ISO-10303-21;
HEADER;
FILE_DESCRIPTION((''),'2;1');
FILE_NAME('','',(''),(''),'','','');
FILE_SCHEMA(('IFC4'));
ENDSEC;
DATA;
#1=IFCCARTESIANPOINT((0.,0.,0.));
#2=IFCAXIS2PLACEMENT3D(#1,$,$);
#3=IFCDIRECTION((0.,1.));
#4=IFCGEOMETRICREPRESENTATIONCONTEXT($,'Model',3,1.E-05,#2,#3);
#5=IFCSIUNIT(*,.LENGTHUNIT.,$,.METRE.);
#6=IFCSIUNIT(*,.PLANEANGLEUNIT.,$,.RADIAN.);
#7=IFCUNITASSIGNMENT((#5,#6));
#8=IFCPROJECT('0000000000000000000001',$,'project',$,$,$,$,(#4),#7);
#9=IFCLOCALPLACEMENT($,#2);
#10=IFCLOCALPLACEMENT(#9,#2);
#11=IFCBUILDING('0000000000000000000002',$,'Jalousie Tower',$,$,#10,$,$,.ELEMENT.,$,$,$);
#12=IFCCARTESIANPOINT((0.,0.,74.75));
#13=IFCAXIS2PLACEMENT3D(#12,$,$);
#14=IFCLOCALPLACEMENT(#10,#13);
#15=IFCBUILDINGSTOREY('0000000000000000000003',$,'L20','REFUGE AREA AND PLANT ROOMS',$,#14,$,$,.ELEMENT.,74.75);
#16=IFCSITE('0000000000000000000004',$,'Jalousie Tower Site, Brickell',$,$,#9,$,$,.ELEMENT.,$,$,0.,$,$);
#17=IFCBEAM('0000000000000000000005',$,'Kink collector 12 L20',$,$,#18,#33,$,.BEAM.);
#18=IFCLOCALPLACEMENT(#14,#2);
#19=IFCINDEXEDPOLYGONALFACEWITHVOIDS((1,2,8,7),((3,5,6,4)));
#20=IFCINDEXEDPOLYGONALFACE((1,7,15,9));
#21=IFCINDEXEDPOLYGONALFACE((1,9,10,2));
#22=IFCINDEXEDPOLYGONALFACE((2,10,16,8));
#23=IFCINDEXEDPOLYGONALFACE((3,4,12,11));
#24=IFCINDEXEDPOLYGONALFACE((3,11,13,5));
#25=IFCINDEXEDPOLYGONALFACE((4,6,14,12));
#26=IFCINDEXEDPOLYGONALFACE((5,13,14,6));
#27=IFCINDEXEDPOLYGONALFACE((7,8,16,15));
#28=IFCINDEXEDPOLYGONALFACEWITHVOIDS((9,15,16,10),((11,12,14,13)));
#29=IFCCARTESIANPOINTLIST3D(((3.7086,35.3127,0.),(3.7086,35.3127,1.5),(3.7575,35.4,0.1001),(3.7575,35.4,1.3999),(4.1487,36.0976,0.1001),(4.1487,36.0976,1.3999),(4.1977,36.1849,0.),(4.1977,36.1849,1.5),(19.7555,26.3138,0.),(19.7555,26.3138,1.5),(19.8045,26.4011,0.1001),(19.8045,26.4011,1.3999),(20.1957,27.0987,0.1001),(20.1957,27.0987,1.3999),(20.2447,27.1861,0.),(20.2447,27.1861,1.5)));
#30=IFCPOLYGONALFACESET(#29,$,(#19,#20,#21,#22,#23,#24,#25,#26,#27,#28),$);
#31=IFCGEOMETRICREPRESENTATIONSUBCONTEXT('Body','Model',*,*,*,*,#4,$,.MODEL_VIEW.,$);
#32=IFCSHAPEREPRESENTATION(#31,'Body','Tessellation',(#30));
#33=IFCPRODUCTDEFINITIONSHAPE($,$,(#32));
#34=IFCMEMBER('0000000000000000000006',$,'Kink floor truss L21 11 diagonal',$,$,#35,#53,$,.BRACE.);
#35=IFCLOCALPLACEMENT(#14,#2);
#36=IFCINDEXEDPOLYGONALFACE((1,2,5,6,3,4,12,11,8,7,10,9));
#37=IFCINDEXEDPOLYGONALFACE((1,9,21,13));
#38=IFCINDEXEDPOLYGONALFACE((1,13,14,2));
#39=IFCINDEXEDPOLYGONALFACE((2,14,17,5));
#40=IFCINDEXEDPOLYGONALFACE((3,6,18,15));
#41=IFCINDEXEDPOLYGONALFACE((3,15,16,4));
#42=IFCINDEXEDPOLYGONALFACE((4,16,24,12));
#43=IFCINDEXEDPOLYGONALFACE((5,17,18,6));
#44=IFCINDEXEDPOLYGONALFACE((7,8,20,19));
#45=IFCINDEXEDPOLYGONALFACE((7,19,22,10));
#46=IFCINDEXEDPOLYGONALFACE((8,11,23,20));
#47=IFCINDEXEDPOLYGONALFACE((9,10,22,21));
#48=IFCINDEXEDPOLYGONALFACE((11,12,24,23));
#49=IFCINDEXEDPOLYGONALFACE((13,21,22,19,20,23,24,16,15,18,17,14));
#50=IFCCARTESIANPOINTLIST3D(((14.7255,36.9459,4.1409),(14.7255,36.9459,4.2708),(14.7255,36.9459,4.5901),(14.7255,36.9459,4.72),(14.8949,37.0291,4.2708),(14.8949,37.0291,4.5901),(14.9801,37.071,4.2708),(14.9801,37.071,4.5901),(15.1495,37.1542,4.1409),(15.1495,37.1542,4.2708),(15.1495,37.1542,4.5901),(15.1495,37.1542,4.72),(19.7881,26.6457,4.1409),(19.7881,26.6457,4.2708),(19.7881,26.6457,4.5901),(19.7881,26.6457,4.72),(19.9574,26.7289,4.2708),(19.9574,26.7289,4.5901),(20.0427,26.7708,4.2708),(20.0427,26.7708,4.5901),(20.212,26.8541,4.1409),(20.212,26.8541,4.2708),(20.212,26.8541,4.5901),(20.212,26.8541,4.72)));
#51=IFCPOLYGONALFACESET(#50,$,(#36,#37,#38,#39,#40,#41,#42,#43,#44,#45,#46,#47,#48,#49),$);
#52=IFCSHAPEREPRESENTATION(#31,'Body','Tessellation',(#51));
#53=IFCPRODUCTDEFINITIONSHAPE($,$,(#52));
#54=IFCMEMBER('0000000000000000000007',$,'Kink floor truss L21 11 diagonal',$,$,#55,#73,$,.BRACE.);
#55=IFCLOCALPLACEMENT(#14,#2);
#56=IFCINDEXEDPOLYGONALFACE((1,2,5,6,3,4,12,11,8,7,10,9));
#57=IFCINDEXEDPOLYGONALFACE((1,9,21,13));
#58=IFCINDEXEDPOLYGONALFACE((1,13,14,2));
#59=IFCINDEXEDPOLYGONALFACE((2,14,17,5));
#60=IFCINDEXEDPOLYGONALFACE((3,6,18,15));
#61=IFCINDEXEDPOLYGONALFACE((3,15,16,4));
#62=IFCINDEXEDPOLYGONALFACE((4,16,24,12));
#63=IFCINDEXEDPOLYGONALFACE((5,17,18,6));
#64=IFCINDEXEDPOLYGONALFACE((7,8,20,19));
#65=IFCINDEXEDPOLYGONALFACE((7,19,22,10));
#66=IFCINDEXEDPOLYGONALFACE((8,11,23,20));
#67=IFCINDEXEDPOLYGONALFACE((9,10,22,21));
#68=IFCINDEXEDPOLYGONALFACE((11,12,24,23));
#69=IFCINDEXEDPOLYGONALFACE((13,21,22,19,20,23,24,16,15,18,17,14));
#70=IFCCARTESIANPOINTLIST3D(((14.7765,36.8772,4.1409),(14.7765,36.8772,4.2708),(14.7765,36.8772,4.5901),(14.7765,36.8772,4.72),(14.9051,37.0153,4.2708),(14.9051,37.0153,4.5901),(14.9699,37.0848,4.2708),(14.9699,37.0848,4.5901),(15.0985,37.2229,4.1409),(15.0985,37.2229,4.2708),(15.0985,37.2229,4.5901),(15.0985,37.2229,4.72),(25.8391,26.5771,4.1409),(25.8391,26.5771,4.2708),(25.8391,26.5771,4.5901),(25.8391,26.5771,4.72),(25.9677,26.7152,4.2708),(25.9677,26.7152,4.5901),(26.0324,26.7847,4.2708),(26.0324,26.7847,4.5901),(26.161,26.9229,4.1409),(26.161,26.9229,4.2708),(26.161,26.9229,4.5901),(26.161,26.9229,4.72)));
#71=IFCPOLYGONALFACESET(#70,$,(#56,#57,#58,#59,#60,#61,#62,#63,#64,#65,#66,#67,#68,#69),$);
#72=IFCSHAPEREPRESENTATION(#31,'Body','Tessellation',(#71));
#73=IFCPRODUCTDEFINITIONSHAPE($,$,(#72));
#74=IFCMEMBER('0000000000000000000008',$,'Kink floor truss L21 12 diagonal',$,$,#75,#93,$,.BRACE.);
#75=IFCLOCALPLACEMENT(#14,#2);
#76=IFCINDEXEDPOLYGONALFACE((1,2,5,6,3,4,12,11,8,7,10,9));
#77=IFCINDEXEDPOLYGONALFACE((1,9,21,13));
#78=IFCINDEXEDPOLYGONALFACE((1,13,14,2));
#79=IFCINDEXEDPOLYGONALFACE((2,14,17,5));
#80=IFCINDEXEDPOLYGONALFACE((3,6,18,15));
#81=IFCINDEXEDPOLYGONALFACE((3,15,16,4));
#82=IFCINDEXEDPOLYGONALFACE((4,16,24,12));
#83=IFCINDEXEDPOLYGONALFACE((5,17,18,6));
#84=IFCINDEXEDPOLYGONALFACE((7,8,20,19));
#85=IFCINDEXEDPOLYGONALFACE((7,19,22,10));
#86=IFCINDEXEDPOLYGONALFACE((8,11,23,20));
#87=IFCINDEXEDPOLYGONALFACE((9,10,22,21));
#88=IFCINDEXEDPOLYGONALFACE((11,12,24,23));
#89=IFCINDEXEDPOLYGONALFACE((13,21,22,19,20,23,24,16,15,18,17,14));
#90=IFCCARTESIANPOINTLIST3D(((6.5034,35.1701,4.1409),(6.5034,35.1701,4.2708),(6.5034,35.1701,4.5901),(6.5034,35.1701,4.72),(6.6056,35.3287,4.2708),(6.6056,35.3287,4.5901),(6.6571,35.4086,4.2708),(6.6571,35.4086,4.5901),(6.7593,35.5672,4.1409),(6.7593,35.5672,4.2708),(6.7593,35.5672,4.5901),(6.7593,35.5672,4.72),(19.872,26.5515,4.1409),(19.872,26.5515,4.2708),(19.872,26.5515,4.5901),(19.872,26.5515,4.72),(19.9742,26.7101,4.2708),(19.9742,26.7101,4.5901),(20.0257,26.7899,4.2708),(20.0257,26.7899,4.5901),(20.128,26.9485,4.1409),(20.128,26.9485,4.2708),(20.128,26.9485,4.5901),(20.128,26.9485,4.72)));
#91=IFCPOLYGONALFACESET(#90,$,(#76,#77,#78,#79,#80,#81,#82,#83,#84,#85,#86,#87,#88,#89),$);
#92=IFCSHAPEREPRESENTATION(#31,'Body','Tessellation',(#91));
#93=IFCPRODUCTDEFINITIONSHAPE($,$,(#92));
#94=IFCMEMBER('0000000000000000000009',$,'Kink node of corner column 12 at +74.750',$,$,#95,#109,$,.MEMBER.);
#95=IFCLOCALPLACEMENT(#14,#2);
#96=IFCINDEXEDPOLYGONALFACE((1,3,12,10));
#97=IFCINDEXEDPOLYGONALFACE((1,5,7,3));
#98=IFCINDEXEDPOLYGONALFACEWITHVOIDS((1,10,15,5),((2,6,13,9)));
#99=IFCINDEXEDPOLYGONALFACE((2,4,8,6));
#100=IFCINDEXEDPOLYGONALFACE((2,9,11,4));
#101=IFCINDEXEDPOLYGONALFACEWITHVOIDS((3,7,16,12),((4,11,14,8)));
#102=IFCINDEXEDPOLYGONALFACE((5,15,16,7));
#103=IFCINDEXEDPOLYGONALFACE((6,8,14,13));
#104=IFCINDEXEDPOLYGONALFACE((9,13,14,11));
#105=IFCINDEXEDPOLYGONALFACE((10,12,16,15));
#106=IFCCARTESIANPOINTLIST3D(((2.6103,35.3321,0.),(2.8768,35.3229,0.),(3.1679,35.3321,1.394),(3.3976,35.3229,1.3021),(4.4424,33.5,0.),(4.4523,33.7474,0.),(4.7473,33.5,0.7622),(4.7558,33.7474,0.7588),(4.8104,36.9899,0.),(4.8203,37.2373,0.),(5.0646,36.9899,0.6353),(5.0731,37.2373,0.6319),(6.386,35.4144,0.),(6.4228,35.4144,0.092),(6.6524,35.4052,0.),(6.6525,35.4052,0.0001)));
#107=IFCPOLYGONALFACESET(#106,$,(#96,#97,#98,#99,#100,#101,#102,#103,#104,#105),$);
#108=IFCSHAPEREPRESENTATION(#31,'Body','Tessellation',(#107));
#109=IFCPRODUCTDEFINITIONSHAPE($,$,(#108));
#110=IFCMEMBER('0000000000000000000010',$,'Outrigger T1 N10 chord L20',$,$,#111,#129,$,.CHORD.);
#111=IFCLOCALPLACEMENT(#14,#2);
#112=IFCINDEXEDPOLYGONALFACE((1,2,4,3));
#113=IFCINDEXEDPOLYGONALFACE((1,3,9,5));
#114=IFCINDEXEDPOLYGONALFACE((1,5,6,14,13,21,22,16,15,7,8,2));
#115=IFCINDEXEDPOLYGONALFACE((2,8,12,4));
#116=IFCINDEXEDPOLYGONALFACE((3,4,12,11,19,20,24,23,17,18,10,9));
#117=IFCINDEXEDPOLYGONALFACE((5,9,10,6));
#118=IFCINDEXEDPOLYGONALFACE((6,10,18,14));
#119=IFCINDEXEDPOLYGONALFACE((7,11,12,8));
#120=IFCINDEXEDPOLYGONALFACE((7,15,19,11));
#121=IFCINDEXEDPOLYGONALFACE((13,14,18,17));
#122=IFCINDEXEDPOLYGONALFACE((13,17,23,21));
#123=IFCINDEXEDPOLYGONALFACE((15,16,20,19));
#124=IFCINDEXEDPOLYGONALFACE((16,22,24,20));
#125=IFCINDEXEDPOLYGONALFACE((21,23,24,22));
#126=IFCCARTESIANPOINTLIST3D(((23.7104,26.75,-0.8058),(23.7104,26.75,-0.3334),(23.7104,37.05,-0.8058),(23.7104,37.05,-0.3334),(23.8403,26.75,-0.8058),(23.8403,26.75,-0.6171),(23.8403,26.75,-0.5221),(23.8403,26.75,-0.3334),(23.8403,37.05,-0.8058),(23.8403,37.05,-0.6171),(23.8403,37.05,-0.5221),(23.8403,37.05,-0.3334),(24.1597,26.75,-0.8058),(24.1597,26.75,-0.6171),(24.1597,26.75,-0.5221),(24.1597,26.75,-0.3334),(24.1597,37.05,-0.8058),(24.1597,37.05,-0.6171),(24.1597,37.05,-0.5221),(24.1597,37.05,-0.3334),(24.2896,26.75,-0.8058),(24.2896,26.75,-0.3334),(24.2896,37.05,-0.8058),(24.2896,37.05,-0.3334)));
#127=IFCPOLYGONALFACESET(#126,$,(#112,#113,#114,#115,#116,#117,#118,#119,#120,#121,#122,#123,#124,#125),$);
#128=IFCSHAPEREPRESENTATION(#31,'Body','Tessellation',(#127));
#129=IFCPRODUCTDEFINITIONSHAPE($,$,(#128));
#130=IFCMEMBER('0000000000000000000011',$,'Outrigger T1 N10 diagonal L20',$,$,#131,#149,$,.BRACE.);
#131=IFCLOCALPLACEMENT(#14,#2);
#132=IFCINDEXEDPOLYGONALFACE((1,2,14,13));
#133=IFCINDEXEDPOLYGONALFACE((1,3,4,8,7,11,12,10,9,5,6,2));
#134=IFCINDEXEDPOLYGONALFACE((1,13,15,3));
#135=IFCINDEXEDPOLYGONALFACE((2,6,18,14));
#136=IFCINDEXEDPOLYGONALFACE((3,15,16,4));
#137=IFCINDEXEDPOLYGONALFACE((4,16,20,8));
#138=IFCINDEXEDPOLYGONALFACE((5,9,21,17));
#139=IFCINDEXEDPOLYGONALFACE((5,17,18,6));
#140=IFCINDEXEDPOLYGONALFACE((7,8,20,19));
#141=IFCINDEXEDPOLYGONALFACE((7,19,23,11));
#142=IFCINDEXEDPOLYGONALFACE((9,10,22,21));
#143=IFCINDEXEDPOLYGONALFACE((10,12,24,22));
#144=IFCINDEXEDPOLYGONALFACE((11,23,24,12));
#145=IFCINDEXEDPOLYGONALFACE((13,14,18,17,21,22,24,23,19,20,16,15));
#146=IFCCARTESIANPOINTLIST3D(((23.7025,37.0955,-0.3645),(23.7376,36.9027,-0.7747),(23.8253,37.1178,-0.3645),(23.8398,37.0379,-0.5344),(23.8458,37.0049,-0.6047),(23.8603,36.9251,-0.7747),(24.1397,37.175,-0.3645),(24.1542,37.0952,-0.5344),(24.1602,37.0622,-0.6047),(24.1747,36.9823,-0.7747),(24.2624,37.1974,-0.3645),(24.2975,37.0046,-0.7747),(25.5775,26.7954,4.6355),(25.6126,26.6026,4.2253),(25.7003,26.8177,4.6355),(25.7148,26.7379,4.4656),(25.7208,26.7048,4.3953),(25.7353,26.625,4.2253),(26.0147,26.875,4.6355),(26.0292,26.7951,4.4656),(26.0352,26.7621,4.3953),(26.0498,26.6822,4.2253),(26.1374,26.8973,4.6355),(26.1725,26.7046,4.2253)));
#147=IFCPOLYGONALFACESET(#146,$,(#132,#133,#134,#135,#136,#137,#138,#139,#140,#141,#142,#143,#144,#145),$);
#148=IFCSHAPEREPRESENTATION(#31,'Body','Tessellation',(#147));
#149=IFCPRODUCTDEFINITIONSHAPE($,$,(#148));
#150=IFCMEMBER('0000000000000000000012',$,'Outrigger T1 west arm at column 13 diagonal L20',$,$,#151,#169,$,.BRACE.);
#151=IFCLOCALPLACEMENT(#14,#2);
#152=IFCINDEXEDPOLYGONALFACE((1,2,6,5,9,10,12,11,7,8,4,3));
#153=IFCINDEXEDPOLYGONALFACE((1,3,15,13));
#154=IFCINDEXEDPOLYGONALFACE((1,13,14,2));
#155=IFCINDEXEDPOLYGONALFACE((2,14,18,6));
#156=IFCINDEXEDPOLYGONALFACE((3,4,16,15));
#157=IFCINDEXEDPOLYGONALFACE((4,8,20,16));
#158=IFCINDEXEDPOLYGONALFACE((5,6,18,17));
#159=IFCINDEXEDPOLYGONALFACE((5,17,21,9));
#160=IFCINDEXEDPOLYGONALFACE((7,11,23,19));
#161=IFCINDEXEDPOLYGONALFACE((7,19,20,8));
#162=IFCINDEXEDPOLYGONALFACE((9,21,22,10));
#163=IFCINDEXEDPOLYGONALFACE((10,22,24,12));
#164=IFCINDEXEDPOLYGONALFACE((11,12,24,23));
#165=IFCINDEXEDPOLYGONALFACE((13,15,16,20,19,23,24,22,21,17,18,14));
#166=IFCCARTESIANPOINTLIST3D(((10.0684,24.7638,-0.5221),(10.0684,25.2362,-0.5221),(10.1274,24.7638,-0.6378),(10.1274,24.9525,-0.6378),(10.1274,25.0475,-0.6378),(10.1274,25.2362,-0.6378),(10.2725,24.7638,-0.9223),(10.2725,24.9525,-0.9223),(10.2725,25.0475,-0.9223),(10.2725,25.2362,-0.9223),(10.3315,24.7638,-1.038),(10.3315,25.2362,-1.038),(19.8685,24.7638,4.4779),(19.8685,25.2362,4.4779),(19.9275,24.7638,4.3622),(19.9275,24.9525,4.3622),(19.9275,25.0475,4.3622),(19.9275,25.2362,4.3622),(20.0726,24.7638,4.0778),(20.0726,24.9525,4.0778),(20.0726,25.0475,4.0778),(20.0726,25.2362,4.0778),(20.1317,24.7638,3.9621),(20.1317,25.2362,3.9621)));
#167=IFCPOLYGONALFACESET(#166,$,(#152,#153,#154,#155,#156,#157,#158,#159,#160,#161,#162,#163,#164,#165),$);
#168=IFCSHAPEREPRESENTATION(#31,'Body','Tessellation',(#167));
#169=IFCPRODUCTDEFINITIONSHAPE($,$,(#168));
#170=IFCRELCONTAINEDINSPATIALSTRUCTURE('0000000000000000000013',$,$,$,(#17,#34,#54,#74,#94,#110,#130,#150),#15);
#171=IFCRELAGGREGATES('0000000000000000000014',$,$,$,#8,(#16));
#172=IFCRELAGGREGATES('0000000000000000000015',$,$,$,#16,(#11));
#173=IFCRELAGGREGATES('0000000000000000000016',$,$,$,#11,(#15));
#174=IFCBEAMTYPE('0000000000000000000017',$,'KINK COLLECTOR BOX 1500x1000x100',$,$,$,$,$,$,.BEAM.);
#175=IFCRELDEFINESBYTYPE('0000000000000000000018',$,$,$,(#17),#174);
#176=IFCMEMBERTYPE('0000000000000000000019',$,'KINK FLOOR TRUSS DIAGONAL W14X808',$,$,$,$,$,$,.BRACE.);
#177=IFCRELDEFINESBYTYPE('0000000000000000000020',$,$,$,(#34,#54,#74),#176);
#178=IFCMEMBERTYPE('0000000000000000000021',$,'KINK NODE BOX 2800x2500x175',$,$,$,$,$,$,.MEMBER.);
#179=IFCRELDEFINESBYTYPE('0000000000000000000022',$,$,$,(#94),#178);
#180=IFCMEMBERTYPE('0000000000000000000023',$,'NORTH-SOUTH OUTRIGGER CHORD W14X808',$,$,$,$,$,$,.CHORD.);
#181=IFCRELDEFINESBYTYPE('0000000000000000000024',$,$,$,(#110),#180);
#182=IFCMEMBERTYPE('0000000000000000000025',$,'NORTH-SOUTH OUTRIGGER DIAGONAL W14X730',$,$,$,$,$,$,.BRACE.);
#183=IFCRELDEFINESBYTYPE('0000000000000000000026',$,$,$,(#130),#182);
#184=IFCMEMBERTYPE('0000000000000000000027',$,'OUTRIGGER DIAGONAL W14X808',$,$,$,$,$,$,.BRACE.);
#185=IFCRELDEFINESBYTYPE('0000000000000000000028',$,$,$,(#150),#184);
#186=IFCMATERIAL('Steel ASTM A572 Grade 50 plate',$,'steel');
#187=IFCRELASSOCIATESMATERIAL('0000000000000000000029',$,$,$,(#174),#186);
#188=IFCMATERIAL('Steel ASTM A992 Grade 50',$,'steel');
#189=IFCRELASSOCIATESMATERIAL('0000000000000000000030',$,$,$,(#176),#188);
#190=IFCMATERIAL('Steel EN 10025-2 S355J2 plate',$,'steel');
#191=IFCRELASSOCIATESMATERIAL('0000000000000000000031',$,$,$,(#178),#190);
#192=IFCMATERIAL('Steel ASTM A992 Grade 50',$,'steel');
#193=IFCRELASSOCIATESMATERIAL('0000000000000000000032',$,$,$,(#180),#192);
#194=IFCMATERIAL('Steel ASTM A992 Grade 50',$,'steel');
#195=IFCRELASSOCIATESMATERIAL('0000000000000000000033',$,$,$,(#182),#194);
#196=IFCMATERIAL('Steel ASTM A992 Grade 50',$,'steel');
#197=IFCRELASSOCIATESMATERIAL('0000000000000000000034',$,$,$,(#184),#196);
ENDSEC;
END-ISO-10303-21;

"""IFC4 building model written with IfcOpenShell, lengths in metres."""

from ifc_helpers import new_model, si_unit, direction, frame, origin, origin_2d, place, context, subcontext, project, spatial, hollow_rectangle, i_section, extrude, clip, halfspace, material, material_profile, profile_set, type_object, element, save


model = new_model("IFC4")

# Units and contexts
model_context = context("Model", 3, precision=1e-05, world=origin(), true_north=direction((0.0, 1.0)))
body_context = subcontext(model_context, "Body", "Model", "MODEL_VIEW")
ifc_project = project(units=[si_unit("LENGTHUNIT", "METRE"), si_unit("PLANEANGLEUNIT", "RADIAN")], contexts=[model_context])

# Site, building, storey
site_placement = place(None, origin())
site = spatial("IfcSite", under=ifc_project, at=site_placement, Name="Jalousie Tower Site, Brickell", CompositionType="ELEMENT", RefElevation=0.0)
building_placement = place(site_placement, origin())
building = spatial("IfcBuilding", under=site, at=building_placement, Name="Jalousie Tower", CompositionType="ELEMENT")
storey_placement = place(building_placement, frame((0.0, 0.0, 74.75)))
storey = spatial("IfcBuildingStorey", under=building, at=storey_placement, Name="L20", Description="REFUGE AREA AND PLANT ROOMS", CompositionType="ELEMENT", Elevation=74.75)

# Beam
ifc_material_1 = material(Name="Steel ASTM A572 Grade 50 plate", Category="steel")
ifc_material_profile_1 = material_profile(ifc_material_1, hollow_rectangle(XDim=1.0, YDim=1.5, WallThickness=0.1001, at=origin_2d()), Name="BOX 1500x1000x100")
ifc_profile_set_1 = profile_set([ifc_material_profile_1], Name="Steel ASTM A572 Grade 50 plate")
beam_type_1 = type_object("IfcBeamType", Name="KINK COLLECTOR BOX 1500x1000x100", PredefinedType="BEAM", material=ifc_profile_set_1)
beam_1_placement = place(storey_placement, frame((3.9531, 35.7488, 0.75), z_axis=(0.872216, -0.489122, 0.0), x_axis=(0.489122, 0.872216, 0.0)))
element("IfcBeam", 1, at=beam_1_placement, inside=storey, type_object=beam_type_1, Name="Kink collector 12 L20", PredefinedType="BEAM", context=body_context, shape_type="SweptSolid", body=[
    extrude(hollow_rectangle(XDim=1.0, YDim=1.5, WallThickness=0.1001, at=origin_2d()), origin(), (0.0, 0.0, 1.0), 18.3979),
])

# Members
ifc_material_2 = material(Name="Steel ASTM A992 Grade 50", Category="steel")
ifc_material_profile_2 = material_profile(ifc_material_2, i_section(OverallWidth=0.4724, OverallDepth=0.5791, WebThickness=0.095, FlangeThickness=0.1299, at=origin_2d()), Name="W14X808")
ifc_profile_set_2 = profile_set([ifc_material_profile_2], Name="Steel ASTM A992 Grade 50")
member_type_1 = type_object("IfcMemberType", Name="KINK FLOOR TRUSS DIAGONAL W14X808", PredefinedType="BRACE", material=ifc_profile_set_2)
member_1_placement = place(storey_placement, frame((14.9375, 37.05, 4.4304), z_axis=(0.441102, -0.897457, 0.0), x_axis=(0.897457, 0.441102, 0.0)))
element("IfcMember", 2, at=member_1_placement, inside=storey, type_object=member_type_1, Name="Kink floor truss L21 11 diagonal", PredefinedType="BRACE", context=body_context, shape_type="SweptSolid", body=[
    extrude(i_section(OverallWidth=0.4724, OverallDepth=0.5791, WebThickness=0.095, FlangeThickness=0.1299, at=origin_2d()), origin(), (0.0, 0.0, 1.0), 11.4771),
])
member_2_placement = place(storey_placement, frame((14.9375, 37.05, 4.4304), z_axis=(0.731878, -0.681436, 0.0), x_axis=(0.681436, 0.731878, 0.0)))
element("IfcMember", 3, at=member_2_placement, inside=storey, type_object=member_type_1, Name="Kink floor truss L21 11 diagonal", PredefinedType="BRACE", context=body_context, shape_type="SweptSolid", body=[
    extrude(i_section(OverallWidth=0.4724, OverallDepth=0.5791, WebThickness=0.095, FlangeThickness=0.1299, at=origin_2d()), origin(), (0.0, 0.0, 1.0), 15.1152),
])
member_3_placement = place(storey_placement, frame((6.6313, 35.3687, 4.4304), z_axis=(0.840477, -0.541848, 0.0), x_axis=(0.541848, 0.840477, 0.0)))
element("IfcMember", 4, at=member_3_placement, inside=storey, type_object=member_type_1, Name="Kink floor truss L21 12 diagonal", PredefinedType="BRACE", context=body_context, shape_type="SweptSolid", body=[
    extrude(i_section(OverallWidth=0.4724, OverallDepth=0.5791, WebThickness=0.095, FlangeThickness=0.1299, at=origin_2d()), origin(), (0.0, 0.0, 1.0), 15.906),
])
ifc_material_3 = material(Name="Steel EN 10025-2 S355J2 plate", Category="steel")
ifc_material_profile_3 = material_profile(ifc_material_3, hollow_rectangle(XDim=2.5, YDim=2.8, WallThickness=0.175, at=origin_2d()), Name="BOX 2800x2500x175")
ifc_profile_set_3 = profile_set([ifc_material_profile_3], Name="Steel EN 10025-2 S355J2 plate")
member_type_2 = type_object("IfcMemberType", Name="KINK NODE BOX 2800x2500x175", PredefinedType="MEMBER", material=ifc_profile_set_3)
member_4_placement = place(storey_placement, frame((4.3525, 35.3687, -0.697), z_axis=(0.371391, 0.0, 0.928477), x_axis=(0.631749, -0.732828, -0.252699)))
element("IfcMember", 5, at=member_4_placement, inside=storey, type_object=member_type_2, Name="Kink node of corner column 12 at +74.750", PredefinedType="MEMBER", context=body_context, shape_type="Clipping", body=[
    clip(extrude(hollow_rectangle(XDim=2.5, YDim=2.8, WallThickness=0.175, at=origin_2d()), origin(), (0.0, 0.0, 1.0), 1.5015), halfspace(frame((0.0, 0.0, 0.7507), z_axis=(-0.252699, -0.272165, 0.928477)), True)),
])
ifc_material_4 = material(Name="Steel ASTM A992 Grade 50", Category="steel")
ifc_material_profile_4 = material_profile(ifc_material_4, i_section(OverallWidth=0.4724, OverallDepth=0.5791, WebThickness=0.095, FlangeThickness=0.1299, at=origin_2d()), Name="W14X808")
ifc_profile_set_4 = profile_set([ifc_material_profile_4], Name="Steel ASTM A992 Grade 50")
member_type_3 = type_object("IfcMemberType", Name="NORTH-SOUTH OUTRIGGER CHORD W14X808", PredefinedType="CHORD", material=ifc_profile_set_4)
member_5_placement = place(storey_placement, frame((24.0, 37.05, -0.5696), z_axis=(0.0, -1.0, 0.0), x_axis=(0.0, 0.0, 1.0)))
element("IfcMember", 6, at=member_5_placement, inside=storey, type_object=member_type_3, Name="Outrigger T1 N10 chord L20", PredefinedType="CHORD", context=body_context, shape_type="SweptSolid", body=[
    extrude(i_section(OverallWidth=0.4724, OverallDepth=0.5791, WebThickness=0.095, FlangeThickness=0.1299, at=origin_2d()), origin(), (0.0, 0.0, 1.0), 10.3),
])
ifc_material_5 = material(Name="Steel ASTM A992 Grade 50", Category="steel")
ifc_material_profile_5 = material_profile(ifc_material_5, i_section(OverallWidth=0.4546, OverallDepth=0.5691, WebThickness=0.0779, FlangeThickness=0.1248, at=origin_2d()), Name="W14X730")
ifc_profile_set_5 = profile_set([ifc_material_profile_5], Name="Steel ASTM A992 Grade 50")
member_type_4 = type_object("IfcMemberType", Name="NORTH-SOUTH OUTRIGGER DIAGONAL W14X730", PredefinedType="BRACE", material=ifc_profile_set_5)
member_6_placement = place(storey_placement, frame((24.0, 37.05, -0.5696), z_axis=(0.16161, -0.887781, 0.43096), x_axis=(-0.077183, 0.423992, 0.902371)))
element("IfcMember", 7, at=member_6_placement, inside=storey, type_object=member_type_4, Name="Outrigger T1 N10 diagonal L20", PredefinedType="BRACE", context=body_context, shape_type="SweptSolid", body=[
    extrude(i_section(OverallWidth=0.4546, OverallDepth=0.5691, WebThickness=0.0779, FlangeThickness=0.1248, at=origin_2d()), origin(), (0.0, 0.0, 1.0), 11.6021),
])
ifc_material_6 = material(Name="Steel ASTM A992 Grade 50", Category="steel")
ifc_material_profile_6 = material_profile(ifc_material_6, i_section(OverallWidth=0.4724, OverallDepth=0.5791, WebThickness=0.095, FlangeThickness=0.1299, at=origin_2d()), Name="W14X808")
ifc_profile_set_6 = profile_set([ifc_material_profile_6], Name="Steel ASTM A992 Grade 50")
member_type_5 = type_object("IfcMemberType", Name="OUTRIGGER DIAGONAL W14X808", PredefinedType="BRACE", material=ifc_profile_set_6)
member_7_placement = place(storey_placement, frame((10.2, 25.0, -0.78), z_axis=(0.890763, 0.0, 0.454469), x_axis=(0.0, 1.0, 0.0)))
element("IfcMember", 8, at=member_7_placement, inside=storey, type_object=member_type_5, Name="Outrigger T1 west arm at column 13 diagonal L20", PredefinedType="BRACE", context=body_context, shape_type="SweptSolid", body=[
    extrude(i_section(OverallWidth=0.4724, OverallDepth=0.5791, WebThickness=0.095, FlangeThickness=0.1299, at=origin_2d()), origin(), (0.0, 0.0, 1.0), 11.002),
])

save(model, "model.ifc")
